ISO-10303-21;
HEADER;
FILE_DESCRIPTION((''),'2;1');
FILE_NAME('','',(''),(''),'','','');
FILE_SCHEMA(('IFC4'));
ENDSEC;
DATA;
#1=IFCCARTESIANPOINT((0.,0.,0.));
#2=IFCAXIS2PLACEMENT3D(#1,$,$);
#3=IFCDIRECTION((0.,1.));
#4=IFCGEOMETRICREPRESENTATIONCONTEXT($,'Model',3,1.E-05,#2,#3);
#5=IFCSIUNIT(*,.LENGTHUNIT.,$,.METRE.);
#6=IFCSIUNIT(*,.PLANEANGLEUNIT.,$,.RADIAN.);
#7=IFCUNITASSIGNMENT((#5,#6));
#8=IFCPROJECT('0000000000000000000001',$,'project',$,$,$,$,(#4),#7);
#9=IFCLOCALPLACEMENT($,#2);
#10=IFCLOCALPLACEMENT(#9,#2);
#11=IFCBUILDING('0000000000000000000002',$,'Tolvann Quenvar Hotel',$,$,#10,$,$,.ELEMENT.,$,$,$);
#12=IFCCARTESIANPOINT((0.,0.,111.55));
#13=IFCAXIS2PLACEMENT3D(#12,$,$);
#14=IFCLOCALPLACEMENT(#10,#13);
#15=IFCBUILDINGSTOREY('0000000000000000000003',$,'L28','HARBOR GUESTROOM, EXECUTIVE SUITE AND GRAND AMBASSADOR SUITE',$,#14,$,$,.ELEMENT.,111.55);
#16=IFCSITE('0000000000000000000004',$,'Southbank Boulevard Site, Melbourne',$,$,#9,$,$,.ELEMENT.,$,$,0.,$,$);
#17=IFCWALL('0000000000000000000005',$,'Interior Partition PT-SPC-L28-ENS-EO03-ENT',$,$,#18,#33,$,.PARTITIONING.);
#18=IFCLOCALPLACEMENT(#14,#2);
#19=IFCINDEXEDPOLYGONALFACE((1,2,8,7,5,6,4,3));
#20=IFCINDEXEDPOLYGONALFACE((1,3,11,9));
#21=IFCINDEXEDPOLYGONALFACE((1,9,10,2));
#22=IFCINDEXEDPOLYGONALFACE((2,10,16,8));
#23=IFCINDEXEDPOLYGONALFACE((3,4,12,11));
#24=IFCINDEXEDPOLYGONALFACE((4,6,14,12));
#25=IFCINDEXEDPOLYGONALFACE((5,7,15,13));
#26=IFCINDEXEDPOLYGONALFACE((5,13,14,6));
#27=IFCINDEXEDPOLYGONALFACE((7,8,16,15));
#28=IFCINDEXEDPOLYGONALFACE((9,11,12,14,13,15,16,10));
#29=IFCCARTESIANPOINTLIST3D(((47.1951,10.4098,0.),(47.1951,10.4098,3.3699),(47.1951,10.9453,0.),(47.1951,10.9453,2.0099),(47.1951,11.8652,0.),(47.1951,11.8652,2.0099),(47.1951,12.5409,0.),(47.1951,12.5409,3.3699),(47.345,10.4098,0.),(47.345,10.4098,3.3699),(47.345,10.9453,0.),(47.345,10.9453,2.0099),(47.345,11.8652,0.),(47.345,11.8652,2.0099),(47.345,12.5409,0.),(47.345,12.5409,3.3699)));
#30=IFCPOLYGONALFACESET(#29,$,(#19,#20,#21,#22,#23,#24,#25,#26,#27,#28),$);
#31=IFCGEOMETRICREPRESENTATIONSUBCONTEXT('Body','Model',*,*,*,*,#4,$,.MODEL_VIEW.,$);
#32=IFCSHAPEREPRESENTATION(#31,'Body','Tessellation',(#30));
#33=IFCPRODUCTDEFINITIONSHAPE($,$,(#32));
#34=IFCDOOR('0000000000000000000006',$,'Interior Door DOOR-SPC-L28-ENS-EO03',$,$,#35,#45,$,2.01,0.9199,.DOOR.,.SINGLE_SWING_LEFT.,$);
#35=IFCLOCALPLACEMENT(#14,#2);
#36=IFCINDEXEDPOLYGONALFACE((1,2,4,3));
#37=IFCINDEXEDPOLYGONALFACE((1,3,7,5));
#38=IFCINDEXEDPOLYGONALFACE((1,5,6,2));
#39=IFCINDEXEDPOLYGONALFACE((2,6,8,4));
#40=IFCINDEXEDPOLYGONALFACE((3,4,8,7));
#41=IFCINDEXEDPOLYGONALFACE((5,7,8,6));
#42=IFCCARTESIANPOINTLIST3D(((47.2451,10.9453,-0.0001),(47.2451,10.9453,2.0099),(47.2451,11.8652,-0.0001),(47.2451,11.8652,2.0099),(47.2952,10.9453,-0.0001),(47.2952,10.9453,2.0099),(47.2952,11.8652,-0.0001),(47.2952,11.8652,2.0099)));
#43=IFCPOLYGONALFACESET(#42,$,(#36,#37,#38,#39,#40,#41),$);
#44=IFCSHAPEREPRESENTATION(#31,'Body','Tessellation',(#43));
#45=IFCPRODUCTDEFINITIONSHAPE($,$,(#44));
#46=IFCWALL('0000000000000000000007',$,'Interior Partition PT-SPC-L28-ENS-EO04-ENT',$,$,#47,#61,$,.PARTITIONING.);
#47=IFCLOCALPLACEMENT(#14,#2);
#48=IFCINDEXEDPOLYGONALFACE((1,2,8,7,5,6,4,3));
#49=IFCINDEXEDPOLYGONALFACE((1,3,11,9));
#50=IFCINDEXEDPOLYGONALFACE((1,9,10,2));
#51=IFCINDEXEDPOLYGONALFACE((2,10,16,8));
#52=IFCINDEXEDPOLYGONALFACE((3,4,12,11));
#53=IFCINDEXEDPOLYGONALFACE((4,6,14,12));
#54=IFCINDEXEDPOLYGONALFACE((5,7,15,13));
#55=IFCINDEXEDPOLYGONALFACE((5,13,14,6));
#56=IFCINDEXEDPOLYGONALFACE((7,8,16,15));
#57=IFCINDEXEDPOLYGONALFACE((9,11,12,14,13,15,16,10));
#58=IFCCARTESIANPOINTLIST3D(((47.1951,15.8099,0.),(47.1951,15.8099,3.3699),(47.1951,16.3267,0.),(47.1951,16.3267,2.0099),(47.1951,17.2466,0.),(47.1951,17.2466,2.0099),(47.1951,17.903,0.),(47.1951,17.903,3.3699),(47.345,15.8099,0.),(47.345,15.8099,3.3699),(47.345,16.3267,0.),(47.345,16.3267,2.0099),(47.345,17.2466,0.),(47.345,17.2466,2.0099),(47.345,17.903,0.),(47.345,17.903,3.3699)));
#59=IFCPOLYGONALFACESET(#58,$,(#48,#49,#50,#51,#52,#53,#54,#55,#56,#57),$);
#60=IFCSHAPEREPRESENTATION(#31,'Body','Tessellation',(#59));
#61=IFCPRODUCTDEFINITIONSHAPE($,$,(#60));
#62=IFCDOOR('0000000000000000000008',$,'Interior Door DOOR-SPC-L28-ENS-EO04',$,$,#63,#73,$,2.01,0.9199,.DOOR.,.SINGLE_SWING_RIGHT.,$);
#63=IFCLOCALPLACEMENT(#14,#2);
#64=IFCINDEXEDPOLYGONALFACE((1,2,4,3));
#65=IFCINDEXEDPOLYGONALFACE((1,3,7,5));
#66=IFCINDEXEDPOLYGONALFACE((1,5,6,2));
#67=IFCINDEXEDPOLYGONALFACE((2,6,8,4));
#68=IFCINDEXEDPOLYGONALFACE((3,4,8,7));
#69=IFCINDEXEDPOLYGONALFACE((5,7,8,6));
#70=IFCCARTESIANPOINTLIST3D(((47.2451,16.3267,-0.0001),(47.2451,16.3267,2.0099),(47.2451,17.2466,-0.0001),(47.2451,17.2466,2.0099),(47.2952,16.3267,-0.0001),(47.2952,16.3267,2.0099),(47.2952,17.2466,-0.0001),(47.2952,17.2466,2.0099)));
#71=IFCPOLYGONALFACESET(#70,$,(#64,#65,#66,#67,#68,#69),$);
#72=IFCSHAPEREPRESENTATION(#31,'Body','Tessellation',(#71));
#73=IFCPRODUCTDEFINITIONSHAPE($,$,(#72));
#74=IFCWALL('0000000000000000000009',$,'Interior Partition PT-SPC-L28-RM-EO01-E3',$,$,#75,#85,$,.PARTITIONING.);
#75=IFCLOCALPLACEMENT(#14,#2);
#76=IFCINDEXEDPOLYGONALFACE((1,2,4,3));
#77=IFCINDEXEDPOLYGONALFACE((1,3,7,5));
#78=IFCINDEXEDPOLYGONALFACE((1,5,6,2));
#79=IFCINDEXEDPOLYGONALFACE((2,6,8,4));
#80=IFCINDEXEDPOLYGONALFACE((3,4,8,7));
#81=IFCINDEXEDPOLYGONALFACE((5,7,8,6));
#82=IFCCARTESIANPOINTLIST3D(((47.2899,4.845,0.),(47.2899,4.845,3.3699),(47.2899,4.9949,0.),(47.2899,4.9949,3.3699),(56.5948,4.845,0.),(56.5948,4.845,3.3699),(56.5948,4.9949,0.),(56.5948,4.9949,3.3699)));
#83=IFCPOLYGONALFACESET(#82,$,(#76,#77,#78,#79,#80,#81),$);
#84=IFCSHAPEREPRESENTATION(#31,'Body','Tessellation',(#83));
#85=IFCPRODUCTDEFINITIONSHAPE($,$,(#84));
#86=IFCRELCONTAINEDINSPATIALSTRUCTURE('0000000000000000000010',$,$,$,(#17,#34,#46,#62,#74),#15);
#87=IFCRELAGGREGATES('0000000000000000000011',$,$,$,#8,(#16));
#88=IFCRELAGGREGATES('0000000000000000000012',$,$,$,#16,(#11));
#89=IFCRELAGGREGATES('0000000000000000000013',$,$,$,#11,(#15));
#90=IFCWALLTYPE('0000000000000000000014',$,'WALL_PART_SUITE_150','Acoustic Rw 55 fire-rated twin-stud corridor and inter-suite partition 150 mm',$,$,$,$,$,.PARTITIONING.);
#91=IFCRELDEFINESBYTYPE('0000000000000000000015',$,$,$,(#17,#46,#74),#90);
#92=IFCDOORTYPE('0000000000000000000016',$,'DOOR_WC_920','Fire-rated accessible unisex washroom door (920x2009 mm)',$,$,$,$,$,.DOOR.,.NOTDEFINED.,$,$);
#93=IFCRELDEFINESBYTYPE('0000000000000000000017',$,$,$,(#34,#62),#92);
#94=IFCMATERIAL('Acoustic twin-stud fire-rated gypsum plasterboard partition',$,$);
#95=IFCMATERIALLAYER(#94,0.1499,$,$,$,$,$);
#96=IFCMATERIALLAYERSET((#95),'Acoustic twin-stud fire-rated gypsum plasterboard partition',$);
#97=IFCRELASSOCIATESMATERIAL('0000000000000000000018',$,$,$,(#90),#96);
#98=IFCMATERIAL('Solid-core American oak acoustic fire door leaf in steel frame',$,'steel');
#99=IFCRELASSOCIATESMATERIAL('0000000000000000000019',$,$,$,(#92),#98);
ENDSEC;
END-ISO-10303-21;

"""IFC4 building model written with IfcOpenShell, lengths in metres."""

from ifc_helpers import new_model, si_unit, direction, frame, frame_2d, origin, place, context, subcontext, project, spatial, rectangle, extrude, source, transform, mapped, material, layer, layer_set, type_object, type_shapes, element, fill, save


model = new_model("IFC4")

# Units and contexts
model_context = context("Model", 3, precision=1e-05, world=origin(), true_north=direction((0.0, 1.0)))
body_context = subcontext(model_context, "Body", "Model", "MODEL_VIEW")
ifc_project = project(units=[si_unit("LENGTHUNIT", "METRE"), si_unit("PLANEANGLEUNIT", "RADIAN")], contexts=[model_context])

# Site, building, storey
site_placement = place(None, origin())
site = spatial("IfcSite", under=ifc_project, at=site_placement, Name="Southbank Boulevard Site, Melbourne", CompositionType="ELEMENT", RefElevation=0.0)
building_placement = place(site_placement, origin())
building = spatial("IfcBuilding", under=site, at=building_placement, Name="Tolvann Quenvar Hotel", CompositionType="ELEMENT")
storey_placement = place(building_placement, frame((0.0, 0.0, 111.55)))
storey = spatial("IfcBuildingStorey", under=building, at=storey_placement, Name="L28", Description="HARBOR GUESTROOM, EXECUTIVE SUITE AND GRAND AMBASSADOR SUITE", CompositionType="ELEMENT", Elevation=111.55)

# Walls, openings, doors
ifc_material_1 = material(Name="Acoustic twin-stud fire-rated gypsum plasterboard partition")
ifc_layer_1 = layer(ifc_material_1, 0.1499)
ifc_layer_set_1 = layer_set([ifc_layer_1], Name="Acoustic twin-stud fire-rated gypsum plasterboard partition")
wall_type_1 = type_object("IfcWallType", Name="WALL_PART_SUITE_150", Description="Acoustic Rw 55 fire-rated twin-stud corridor and inter-suite partition 150 mm", PredefinedType="PARTITIONING", material=ifc_layer_set_1)
ifc_material_2 = material(Name="Solid-core American oak acoustic fire door leaf in steel frame", Category="steel")
door_type_1 = type_object("IfcDoorType", Name="DOOR_WC_920", Description="Fire-rated accessible unisex washroom door (920x2009 mm)", OperationType="NOTDEFINED", PredefinedType="DOOR", material=ifc_material_2)
shared_shape_1 = source(origin(), body_context, "Body", "SweptSolid", [
    extrude(rectangle(XDim=0.9199, YDim=2.01, at=frame_2d((0.46, 1.0049))), frame((0.0, 0.0249, 0.0), z_axis=(0.0, -1.0, 0.0), x_axis=(1.0, 0.0, 0.0)), (0.0, 0.0, 1.0), 0.05),
])
type_shapes(door_type_1, [shared_shape_1])
wall_1_placement = place(storey_placement, frame((47.27, 10.4099, 0.0), z_axis=(0.0, 0.0, 1.0), x_axis=(0.0, 1.0, 0.0)))
wall_1 = element("IfcWall", 1, at=wall_1_placement, inside=storey, type_object=wall_type_1, Name="Interior Partition PT-SPC-L28-ENS-EO03-ENT", PredefinedType="PARTITIONING", context=body_context, shape_type="SweptSolid", body=[
    extrude(rectangle(XDim=2.1311, YDim=0.1499, at=frame_2d((1.0654, 0.0))), origin(), (0.0, 0.0, 1.0), 3.3699),
])
opening_1_placement = place(wall_1_placement, frame((0.5354, 0.0, 0.0)))
opening_1 = element("IfcOpeningElement", 2, at=opening_1_placement, cuts=wall_1, PredefinedType="OPENING", context=body_context, shape_type="SweptSolid", body=[
    extrude(rectangle(XDim=0.9199, YDim=2.01, at=frame_2d((0.46, 1.0049))), frame((0.0, 0.085, 0.0), z_axis=(0.0, -1.0, 0.0), x_axis=(1.0, 0.0, 0.0)), (0.0, 0.0, 1.0), 0.1699),
])
door_1_placement = place(opening_1_placement, origin())
door_1 = element("IfcDoor", 3, at=door_1_placement, inside=storey, type_object=door_type_1, Name="Interior Door DOOR-SPC-L28-ENS-EO03", OperationType="SINGLE_SWING_LEFT", OverallHeight=2.01, OverallWidth=0.9199, PredefinedType="DOOR", context=body_context, shape_type="MappedRepresentation", body=[
    mapped(shared_shape_1, transform((0.0, 0.0, 0.0), x_axis=(1.0, 0.0, 0.0), y_axis=(0.0, 1.0, 0.0), z_axis=(0.0, 0.0, 1.0), scale=1.0)),
])
fill(opening_1, door_1)
wall_2_placement = place(storey_placement, frame((47.27, 15.8101, 0.0), z_axis=(0.0, 0.0, 1.0), x_axis=(0.0, 1.0, 0.0)))
wall_2 = element("IfcWall", 4, at=wall_2_placement, inside=storey, type_object=wall_type_1, Name="Interior Partition PT-SPC-L28-ENS-EO04-ENT", PredefinedType="PARTITIONING", context=body_context, shape_type="SweptSolid", body=[
    extrude(rectangle(XDim=2.093, YDim=0.1499, at=frame_2d((1.0464, 0.0))), origin(), (0.0, 0.0, 1.0), 3.3699),
])
opening_2_placement = place(wall_2_placement, frame((0.5166, 0.0, 0.0)))
opening_2 = element("IfcOpeningElement", 5, at=opening_2_placement, cuts=wall_2, PredefinedType="OPENING", context=body_context, shape_type="SweptSolid", body=[
    extrude(rectangle(XDim=0.9199, YDim=2.01, at=frame_2d((0.46, 1.0049))), frame((0.0, 0.085, 0.0), z_axis=(0.0, -1.0, 0.0), x_axis=(1.0, 0.0, 0.0)), (0.0, 0.0, 1.0), 0.1699),
])
door_2_placement = place(opening_2_placement, origin())
door_2 = element("IfcDoor", 6, at=door_2_placement, inside=storey, type_object=door_type_1, Name="Interior Door DOOR-SPC-L28-ENS-EO04", OperationType="SINGLE_SWING_RIGHT", OverallHeight=2.01, OverallWidth=0.9199, PredefinedType="DOOR", context=body_context, shape_type="MappedRepresentation", body=[
    mapped(shared_shape_1, transform((0.0, 0.0, 0.0), x_axis=(1.0, 0.0, 0.0), y_axis=(0.0, 1.0, 0.0), z_axis=(0.0, 0.0, 1.0), scale=1.0)),
])
fill(opening_2, door_2)

# Wall
wall_3_placement = place(storey_placement, frame((47.29, 4.9199, 0.0), z_axis=(0.0, 0.0, 1.0), x_axis=(1.0, 0.0, 0.0)))
element("IfcWall", 7, at=wall_3_placement, inside=storey, type_object=wall_type_1, Name="Interior Partition PT-SPC-L28-RM-EO01-E3", PredefinedType="PARTITIONING", context=body_context, shape_type="SweptSolid", body=[
    extrude(rectangle(XDim=9.3049, YDim=0.1499, at=frame_2d((4.6523, 0.0))), origin(), (0.0, 0.0, 1.0), 3.3699),
])

save(model, "model.ifc")
